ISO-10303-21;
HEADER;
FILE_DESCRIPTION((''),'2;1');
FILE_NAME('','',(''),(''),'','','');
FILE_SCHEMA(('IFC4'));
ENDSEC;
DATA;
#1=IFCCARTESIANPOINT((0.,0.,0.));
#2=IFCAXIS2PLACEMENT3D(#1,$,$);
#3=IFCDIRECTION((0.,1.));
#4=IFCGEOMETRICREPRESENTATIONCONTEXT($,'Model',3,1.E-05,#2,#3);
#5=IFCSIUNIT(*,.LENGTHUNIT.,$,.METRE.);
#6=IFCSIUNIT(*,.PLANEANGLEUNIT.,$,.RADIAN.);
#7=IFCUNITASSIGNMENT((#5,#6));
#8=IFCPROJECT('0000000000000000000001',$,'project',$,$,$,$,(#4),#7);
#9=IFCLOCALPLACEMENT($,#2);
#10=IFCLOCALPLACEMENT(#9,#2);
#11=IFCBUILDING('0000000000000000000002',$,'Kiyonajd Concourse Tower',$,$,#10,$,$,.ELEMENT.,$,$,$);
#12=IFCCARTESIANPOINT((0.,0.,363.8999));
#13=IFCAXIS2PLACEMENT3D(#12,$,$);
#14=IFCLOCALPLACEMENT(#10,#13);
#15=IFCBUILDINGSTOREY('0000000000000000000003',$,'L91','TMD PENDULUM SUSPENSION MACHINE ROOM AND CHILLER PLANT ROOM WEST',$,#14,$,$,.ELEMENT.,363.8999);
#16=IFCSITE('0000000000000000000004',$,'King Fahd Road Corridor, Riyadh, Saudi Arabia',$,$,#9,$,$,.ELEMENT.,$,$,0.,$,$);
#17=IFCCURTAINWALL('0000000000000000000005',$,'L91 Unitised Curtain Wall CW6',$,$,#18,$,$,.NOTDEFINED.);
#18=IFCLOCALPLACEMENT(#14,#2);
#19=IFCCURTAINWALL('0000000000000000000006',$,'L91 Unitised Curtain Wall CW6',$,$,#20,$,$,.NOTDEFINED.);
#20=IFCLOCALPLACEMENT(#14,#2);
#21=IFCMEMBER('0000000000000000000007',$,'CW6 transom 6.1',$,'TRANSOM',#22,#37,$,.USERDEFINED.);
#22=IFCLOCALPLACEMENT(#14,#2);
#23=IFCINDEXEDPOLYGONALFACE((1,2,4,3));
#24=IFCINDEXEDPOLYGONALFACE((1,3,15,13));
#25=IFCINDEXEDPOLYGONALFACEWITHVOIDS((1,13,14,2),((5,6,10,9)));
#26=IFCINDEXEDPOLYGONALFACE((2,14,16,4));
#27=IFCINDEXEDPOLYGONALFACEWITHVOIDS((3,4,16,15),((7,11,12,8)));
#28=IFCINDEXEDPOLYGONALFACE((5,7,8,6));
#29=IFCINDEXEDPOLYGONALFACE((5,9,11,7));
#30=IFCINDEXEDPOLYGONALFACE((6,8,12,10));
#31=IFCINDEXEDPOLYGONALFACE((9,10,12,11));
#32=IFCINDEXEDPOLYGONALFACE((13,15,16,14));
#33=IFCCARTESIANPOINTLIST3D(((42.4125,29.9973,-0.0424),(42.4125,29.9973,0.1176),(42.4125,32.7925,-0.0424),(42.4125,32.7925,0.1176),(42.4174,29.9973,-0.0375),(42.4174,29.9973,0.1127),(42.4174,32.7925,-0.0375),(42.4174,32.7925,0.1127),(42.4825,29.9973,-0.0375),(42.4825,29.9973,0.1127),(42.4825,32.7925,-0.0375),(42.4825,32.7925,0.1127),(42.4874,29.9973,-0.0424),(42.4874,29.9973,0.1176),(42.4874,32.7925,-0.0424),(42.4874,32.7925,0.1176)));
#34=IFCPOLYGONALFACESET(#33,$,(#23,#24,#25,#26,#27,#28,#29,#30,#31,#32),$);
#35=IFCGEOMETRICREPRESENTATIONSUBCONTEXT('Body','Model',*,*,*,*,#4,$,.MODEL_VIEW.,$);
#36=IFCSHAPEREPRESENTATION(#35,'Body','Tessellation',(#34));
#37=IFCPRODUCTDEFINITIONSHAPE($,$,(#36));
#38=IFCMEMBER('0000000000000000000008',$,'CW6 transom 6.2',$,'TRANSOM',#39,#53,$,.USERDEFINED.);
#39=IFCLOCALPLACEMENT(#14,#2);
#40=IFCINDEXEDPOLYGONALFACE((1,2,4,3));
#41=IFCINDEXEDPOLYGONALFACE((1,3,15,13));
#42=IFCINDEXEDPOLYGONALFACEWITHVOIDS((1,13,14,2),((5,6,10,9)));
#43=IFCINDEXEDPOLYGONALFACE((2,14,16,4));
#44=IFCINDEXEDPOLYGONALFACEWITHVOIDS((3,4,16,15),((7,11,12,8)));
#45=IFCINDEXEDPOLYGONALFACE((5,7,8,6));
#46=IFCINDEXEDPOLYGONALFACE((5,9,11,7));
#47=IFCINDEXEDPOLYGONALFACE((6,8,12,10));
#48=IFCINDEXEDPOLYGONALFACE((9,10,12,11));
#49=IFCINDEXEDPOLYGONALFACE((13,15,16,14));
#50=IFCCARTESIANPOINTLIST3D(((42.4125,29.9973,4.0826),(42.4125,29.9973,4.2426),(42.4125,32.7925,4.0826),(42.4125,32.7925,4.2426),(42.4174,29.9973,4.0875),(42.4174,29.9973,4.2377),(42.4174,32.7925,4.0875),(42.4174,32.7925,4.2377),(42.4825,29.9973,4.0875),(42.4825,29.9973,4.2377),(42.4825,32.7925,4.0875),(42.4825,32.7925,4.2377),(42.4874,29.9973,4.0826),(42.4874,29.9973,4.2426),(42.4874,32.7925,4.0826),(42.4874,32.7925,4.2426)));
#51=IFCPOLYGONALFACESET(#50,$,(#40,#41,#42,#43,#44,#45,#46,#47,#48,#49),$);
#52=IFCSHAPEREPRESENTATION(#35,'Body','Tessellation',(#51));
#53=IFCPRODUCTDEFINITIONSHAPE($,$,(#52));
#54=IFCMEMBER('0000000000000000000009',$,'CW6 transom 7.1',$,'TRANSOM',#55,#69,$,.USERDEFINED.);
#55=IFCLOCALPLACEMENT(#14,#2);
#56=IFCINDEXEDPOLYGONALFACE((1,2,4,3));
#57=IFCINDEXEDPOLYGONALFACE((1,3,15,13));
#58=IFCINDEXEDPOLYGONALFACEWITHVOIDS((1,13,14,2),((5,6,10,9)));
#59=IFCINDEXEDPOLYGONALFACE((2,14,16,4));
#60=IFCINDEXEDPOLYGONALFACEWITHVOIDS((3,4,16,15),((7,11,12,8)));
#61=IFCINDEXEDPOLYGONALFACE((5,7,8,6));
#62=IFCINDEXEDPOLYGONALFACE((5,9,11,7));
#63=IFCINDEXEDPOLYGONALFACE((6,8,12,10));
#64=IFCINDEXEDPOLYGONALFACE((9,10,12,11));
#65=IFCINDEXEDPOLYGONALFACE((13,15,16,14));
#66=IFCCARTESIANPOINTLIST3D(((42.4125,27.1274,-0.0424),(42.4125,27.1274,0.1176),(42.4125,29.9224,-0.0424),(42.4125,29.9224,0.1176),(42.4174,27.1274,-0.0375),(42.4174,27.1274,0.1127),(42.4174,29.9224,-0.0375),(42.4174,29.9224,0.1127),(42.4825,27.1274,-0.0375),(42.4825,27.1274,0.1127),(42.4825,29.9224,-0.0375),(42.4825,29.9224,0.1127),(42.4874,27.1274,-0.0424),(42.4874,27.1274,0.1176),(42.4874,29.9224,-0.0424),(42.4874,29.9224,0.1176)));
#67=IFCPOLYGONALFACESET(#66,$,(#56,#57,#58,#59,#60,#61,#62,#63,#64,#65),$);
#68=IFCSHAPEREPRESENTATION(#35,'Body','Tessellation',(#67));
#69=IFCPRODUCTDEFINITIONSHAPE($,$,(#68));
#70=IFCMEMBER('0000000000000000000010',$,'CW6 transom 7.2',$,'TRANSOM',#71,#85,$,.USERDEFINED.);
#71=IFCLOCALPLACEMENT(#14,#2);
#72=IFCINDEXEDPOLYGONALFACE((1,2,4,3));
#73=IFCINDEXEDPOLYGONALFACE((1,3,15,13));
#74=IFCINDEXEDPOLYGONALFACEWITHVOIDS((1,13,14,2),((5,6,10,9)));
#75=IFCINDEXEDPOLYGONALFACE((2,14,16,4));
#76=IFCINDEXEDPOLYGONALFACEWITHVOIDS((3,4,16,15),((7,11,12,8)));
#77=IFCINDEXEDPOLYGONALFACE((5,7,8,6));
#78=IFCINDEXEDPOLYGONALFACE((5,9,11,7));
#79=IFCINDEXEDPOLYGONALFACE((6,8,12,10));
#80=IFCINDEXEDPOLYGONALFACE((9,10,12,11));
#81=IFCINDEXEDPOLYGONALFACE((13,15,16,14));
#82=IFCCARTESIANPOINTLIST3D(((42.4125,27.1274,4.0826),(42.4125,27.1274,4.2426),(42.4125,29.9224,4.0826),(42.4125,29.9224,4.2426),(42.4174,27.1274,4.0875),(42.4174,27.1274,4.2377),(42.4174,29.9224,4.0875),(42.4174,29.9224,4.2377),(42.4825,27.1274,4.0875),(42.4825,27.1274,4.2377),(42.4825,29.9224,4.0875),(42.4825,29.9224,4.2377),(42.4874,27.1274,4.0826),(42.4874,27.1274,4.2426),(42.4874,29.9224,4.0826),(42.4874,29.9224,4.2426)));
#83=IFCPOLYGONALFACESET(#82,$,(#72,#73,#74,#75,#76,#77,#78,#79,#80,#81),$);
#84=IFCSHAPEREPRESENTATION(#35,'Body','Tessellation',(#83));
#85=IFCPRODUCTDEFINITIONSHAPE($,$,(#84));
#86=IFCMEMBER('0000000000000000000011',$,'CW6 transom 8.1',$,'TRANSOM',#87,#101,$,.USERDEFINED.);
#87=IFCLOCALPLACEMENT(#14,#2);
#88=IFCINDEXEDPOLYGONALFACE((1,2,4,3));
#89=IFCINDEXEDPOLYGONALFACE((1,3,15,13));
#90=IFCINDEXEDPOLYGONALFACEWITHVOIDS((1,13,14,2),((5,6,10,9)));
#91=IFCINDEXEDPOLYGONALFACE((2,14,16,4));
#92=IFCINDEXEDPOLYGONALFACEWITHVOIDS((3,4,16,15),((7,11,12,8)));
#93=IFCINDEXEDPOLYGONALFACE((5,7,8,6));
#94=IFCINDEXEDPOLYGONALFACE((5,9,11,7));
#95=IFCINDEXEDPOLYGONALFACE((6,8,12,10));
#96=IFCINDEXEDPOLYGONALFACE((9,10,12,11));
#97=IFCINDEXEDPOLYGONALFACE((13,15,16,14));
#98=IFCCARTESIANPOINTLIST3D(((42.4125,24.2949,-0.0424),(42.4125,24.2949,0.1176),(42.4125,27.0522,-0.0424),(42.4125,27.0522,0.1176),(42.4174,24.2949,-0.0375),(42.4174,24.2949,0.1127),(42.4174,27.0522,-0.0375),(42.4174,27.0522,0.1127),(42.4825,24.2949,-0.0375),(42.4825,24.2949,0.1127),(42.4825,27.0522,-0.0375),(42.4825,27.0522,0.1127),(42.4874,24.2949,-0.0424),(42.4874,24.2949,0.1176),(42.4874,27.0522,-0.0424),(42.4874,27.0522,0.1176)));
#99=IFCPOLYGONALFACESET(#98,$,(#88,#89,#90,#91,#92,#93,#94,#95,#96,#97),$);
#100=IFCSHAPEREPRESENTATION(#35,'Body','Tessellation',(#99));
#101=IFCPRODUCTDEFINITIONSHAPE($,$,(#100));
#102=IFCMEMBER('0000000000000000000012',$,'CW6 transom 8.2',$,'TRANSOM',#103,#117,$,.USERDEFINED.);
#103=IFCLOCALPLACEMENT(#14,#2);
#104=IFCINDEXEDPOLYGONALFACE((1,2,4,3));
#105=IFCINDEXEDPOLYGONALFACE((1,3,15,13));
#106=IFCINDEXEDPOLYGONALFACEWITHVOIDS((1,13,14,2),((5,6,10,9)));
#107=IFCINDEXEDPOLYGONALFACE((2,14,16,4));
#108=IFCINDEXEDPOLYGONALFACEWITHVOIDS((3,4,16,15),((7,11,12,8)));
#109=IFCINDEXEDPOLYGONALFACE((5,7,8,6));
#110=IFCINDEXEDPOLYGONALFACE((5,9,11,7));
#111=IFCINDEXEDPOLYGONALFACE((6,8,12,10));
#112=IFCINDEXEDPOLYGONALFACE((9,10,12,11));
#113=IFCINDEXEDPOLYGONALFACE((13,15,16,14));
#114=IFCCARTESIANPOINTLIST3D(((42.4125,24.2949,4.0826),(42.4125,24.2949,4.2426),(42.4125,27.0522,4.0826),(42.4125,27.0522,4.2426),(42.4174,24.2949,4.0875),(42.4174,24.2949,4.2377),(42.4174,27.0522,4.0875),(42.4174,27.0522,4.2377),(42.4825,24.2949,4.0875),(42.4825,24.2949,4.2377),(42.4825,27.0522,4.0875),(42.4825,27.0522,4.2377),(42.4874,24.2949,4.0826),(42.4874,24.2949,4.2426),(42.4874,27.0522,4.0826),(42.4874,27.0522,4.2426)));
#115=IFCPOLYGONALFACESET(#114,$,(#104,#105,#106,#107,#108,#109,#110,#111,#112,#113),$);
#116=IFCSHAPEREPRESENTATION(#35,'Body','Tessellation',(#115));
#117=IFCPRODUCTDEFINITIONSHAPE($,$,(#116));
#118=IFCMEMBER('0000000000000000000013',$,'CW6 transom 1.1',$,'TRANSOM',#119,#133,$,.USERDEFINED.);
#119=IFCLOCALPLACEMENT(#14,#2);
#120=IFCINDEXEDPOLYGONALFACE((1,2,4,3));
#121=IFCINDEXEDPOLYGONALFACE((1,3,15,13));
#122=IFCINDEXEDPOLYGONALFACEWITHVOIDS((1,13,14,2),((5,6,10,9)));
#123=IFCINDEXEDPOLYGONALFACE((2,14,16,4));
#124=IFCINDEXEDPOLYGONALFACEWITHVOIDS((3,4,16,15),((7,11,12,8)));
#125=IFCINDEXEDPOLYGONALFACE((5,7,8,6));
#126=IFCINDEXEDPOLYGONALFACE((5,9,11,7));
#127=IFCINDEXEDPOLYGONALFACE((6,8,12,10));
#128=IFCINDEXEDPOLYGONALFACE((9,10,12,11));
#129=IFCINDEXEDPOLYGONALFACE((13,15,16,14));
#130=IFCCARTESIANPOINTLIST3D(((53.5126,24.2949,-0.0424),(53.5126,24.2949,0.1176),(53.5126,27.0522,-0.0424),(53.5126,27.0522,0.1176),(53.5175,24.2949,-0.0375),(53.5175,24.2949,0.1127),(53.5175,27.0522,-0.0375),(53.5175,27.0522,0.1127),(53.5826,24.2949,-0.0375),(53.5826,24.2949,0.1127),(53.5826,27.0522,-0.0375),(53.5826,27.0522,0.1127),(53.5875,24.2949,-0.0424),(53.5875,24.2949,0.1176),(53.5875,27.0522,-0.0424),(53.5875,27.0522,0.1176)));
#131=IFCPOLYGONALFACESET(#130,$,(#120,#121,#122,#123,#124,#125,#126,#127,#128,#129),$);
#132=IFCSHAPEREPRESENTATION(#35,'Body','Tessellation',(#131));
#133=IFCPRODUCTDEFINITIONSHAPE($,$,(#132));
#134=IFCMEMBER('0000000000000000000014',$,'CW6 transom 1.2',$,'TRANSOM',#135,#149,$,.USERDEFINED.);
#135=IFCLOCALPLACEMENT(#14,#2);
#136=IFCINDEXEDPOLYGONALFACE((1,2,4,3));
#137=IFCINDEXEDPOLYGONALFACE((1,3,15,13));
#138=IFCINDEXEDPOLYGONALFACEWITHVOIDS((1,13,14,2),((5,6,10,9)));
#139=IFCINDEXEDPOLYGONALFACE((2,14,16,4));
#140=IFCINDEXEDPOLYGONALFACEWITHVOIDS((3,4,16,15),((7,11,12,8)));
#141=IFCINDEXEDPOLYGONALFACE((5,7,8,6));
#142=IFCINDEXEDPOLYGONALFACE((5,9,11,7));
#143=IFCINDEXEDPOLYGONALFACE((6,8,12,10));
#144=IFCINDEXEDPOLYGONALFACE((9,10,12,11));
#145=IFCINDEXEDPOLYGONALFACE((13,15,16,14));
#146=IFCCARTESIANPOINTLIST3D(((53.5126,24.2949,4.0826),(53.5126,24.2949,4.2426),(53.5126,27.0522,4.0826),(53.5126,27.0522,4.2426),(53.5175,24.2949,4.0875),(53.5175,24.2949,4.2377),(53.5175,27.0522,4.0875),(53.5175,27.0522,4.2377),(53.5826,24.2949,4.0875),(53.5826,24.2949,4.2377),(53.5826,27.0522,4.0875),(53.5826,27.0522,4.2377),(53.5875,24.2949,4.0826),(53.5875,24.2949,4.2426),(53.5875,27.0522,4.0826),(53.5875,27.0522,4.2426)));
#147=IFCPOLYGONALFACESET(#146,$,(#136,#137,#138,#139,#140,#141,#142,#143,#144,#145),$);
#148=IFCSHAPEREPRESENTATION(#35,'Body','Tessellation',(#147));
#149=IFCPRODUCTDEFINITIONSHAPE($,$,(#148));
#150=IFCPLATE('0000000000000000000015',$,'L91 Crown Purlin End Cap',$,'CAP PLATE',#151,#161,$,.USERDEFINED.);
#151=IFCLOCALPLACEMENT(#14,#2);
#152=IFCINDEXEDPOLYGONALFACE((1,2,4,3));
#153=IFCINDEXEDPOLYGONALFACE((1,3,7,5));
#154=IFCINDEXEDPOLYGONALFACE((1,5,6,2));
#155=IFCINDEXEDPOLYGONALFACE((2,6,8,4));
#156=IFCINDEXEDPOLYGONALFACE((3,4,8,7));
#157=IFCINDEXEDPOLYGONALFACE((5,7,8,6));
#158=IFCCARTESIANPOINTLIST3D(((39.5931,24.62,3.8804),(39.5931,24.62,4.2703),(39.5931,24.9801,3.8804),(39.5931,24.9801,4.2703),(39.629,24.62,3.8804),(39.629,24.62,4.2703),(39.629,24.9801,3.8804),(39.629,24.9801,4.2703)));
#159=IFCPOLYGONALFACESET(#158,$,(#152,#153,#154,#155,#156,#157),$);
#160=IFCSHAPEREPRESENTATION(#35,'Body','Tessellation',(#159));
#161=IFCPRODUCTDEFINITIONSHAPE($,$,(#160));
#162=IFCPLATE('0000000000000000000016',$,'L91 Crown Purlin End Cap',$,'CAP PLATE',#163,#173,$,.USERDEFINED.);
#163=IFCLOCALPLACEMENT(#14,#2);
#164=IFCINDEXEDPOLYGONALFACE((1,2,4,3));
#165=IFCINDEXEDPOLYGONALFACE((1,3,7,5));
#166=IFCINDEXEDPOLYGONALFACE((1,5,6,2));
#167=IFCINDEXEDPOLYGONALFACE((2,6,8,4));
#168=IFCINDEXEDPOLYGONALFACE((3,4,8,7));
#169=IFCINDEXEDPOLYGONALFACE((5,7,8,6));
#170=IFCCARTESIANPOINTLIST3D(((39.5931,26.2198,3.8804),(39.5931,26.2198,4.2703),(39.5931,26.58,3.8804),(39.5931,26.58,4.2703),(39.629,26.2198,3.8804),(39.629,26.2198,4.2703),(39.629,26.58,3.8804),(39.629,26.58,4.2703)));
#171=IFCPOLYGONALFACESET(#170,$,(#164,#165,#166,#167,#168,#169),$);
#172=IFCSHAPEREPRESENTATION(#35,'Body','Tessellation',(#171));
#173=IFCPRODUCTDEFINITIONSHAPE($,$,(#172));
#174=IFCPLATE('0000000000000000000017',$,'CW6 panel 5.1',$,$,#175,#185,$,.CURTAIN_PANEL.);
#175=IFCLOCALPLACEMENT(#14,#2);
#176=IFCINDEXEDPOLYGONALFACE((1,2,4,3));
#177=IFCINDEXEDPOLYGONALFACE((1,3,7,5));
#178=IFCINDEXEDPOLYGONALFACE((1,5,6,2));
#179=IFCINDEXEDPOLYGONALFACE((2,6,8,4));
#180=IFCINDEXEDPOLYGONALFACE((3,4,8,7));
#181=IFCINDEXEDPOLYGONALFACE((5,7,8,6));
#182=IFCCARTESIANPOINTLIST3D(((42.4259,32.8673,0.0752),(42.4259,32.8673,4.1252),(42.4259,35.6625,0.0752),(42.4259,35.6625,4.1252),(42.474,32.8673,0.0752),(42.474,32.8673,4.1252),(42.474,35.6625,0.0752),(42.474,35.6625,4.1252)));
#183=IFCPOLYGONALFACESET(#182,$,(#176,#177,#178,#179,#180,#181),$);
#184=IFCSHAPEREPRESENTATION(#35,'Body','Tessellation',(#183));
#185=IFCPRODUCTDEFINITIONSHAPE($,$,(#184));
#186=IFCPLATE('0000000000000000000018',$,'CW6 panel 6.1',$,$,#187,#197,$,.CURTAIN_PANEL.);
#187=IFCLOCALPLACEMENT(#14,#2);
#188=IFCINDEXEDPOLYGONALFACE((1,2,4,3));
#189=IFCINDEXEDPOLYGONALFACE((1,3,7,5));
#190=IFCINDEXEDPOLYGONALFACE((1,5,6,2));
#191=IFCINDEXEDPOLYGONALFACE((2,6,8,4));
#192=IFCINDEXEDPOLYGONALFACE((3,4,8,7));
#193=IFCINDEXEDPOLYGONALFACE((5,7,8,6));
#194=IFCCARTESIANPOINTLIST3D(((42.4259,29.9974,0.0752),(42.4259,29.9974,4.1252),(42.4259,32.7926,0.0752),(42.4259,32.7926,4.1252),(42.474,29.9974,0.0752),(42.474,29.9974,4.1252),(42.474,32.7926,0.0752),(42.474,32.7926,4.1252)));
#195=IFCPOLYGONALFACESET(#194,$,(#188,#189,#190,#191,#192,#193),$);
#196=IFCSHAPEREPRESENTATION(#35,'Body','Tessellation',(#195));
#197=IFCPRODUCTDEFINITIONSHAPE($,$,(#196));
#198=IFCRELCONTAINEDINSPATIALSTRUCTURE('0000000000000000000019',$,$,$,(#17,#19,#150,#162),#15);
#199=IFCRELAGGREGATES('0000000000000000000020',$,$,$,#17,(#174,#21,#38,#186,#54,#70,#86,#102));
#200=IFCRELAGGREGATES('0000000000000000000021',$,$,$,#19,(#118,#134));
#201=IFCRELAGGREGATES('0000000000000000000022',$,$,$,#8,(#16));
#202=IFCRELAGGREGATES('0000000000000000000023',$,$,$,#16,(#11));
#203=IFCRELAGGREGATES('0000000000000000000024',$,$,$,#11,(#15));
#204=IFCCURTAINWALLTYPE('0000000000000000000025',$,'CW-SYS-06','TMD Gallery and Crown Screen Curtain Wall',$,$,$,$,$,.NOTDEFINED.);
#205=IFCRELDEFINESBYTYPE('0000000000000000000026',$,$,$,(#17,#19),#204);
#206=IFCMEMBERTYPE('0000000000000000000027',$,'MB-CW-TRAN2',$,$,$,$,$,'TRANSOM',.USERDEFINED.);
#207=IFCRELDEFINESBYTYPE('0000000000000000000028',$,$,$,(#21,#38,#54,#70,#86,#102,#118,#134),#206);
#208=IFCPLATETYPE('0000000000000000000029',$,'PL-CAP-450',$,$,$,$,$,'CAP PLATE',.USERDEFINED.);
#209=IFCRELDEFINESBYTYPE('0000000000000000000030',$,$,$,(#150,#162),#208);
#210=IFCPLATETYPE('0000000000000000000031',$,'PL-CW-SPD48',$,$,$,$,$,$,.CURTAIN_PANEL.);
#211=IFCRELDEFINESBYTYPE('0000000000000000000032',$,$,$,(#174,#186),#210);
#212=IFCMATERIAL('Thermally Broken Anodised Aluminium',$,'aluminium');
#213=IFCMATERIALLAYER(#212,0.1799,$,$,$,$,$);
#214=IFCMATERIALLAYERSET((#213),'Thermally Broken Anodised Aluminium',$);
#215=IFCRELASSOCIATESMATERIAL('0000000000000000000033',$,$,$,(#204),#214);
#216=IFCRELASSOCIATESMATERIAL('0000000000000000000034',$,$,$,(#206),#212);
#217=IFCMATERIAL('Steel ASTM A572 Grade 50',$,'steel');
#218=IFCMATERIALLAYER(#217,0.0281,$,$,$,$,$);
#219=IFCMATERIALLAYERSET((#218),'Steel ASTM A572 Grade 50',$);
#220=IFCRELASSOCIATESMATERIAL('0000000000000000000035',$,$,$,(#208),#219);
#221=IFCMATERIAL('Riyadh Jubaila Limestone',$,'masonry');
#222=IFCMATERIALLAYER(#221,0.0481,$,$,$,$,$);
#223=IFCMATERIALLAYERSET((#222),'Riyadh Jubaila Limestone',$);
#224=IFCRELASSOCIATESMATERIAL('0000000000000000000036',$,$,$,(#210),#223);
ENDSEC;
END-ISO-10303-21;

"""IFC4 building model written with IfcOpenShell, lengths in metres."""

from ifc_helpers import new_model, si_unit, direction, frame, origin, origin_2d, place, context, subcontext, project, spatial, rectangle, hollow_rectangle, extrude, material, layer, layer_set, material_profile, profile_set, type_object, element, aggregate, save


model = new_model("IFC4")

# Units and contexts
model_context = context("Model", 3, precision=1e-05, world=origin(), true_north=direction((0.0, 1.0)))
body_context = subcontext(model_context, "Body", "Model", "MODEL_VIEW")
ifc_project = project(units=[si_unit("LENGTHUNIT", "METRE"), si_unit("PLANEANGLEUNIT", "RADIAN")], contexts=[model_context])

# Site, building, storey
site_placement = place(None, origin())
site = spatial("IfcSite", under=ifc_project, at=site_placement, Name="King Fahd Road Corridor, Riyadh, Saudi Arabia", CompositionType="ELEMENT", RefElevation=0.0)
building_placement = place(site_placement, origin())
building = spatial("IfcBuilding", under=site, at=building_placement, Name="Kiyonajd Concourse Tower", CompositionType="ELEMENT")
storey_placement = place(building_placement, frame((0.0, 0.0, 363.8999)))
storey = spatial("IfcBuildingStorey", under=building, at=storey_placement, Name="L91", Description="TMD PENDULUM SUSPENSION MACHINE ROOM AND CHILLER PLANT ROOM WEST", CompositionType="ELEMENT", Elevation=363.8999)

# Shared definitions
ifc_material_1 = material(Name="Steel ASTM A572 Grade 50", Category="steel")

# Curtain walls
ifc_material_2 = material(Name="Thermally Broken Anodised Aluminium", Category="aluminium")
ifc_layer_1 = layer(ifc_material_2, 0.1799)
ifc_layer_set_1 = layer_set([ifc_layer_1], Name="Thermally Broken Anodised Aluminium")
curtain_wall_type = type_object("IfcCurtainWallType", Name="CW-SYS-06", Description="TMD Gallery and Crown Screen Curtain Wall", PredefinedType="NOTDEFINED", material=ifc_layer_set_1)
curtain_wall_1_placement = place(storey_placement, origin())
curtain_wall_1 = element("IfcCurtainWall", 1, at=curtain_wall_1_placement, inside=storey, type_object=curtain_wall_type, Name="L91 Unitised Curtain Wall CW6", PredefinedType="NOTDEFINED")
curtain_wall_2_placement = place(storey_placement, origin())
curtain_wall_2 = element("IfcCurtainWall", 2, at=curtain_wall_2_placement, inside=storey, type_object=curtain_wall_type, Name="L91 Unitised Curtain Wall CW6", PredefinedType="NOTDEFINED")

# Members
ifc_material_profile_1 = material_profile(ifc_material_2, hollow_rectangle(XDim=0.075, YDim=0.1599, WallThickness=0.0049, at=origin_2d()), Name="TRAN-75x160")
ifc_profile_set_1 = profile_set([ifc_material_profile_1], Name="Thermally Broken Anodised Aluminium")
member_type_1 = type_object("IfcMemberType", Name="MB-CW-TRAN2", ElementType="TRANSOM", PredefinedType="USERDEFINED", material=ifc_profile_set_1)
member_1_placement = place(storey_placement, frame((42.45, 32.7925, 0.0376), z_axis=(0.0, -1.0, 0.0), x_axis=(1.0, 0.0, 0.0)))
member_1 = element("IfcMember", 3, at=member_1_placement, type_object=member_type_1, Name="CW6 transom 6.1", ObjectType="TRANSOM", PredefinedType="USERDEFINED", context=body_context, shape_type="SweptSolid", body=[
    extrude(hollow_rectangle(XDim=0.075, YDim=0.1599, WallThickness=0.0049, at=origin_2d()), origin(), (0.0, 0.0, 1.0), 2.7952),
])
member_2_placement = place(storey_placement, frame((42.45, 32.7925, 4.1626), z_axis=(0.0, -1.0, 0.0), x_axis=(1.0, 0.0, 0.0)))
member_2 = element("IfcMember", 4, at=member_2_placement, type_object=member_type_1, Name="CW6 transom 6.2", ObjectType="TRANSOM", PredefinedType="USERDEFINED", context=body_context, shape_type="SweptSolid", body=[
    extrude(hollow_rectangle(XDim=0.075, YDim=0.1599, WallThickness=0.0049, at=origin_2d()), origin(), (0.0, 0.0, 1.0), 2.7952),
])
member_3_placement = place(storey_placement, frame((42.45, 29.9224, 0.0376), z_axis=(0.0, -1.0, 0.0), x_axis=(1.0, 0.0, 0.0)))
member_3 = element("IfcMember", 5, at=member_3_placement, type_object=member_type_1, Name="CW6 transom 7.1", ObjectType="TRANSOM", PredefinedType="USERDEFINED", context=body_context, shape_type="SweptSolid", body=[
    extrude(hollow_rectangle(XDim=0.075, YDim=0.1599, WallThickness=0.0049, at=origin_2d()), origin(), (0.0, 0.0, 1.0), 2.7949),
])
member_4_placement = place(storey_placement, frame((42.45, 29.9224, 4.1626), z_axis=(0.0, -1.0, 0.0), x_axis=(1.0, 0.0, 0.0)))
member_4 = element("IfcMember", 6, at=member_4_placement, type_object=member_type_1, Name="CW6 transom 7.2", ObjectType="TRANSOM", PredefinedType="USERDEFINED", context=body_context, shape_type="SweptSolid", body=[
    extrude(hollow_rectangle(XDim=0.075, YDim=0.1599, WallThickness=0.0049, at=origin_2d()), origin(), (0.0, 0.0, 1.0), 2.7949),
])
member_5_placement = place(storey_placement, frame((42.45, 27.0522, 0.0376), z_axis=(0.0, -1.0, 0.0), x_axis=(1.0, 0.0, 0.0)))
member_5 = element("IfcMember", 7, at=member_5_placement, type_object=member_type_1, Name="CW6 transom 8.1", ObjectType="TRANSOM", PredefinedType="USERDEFINED", context=body_context, shape_type="SweptSolid", body=[
    extrude(hollow_rectangle(XDim=0.075, YDim=0.1599, WallThickness=0.0049, at=origin_2d()), origin(), (0.0, 0.0, 1.0), 2.7573),
])
member_6_placement = place(storey_placement, frame((42.45, 27.0522, 4.1626), z_axis=(0.0, -1.0, 0.0), x_axis=(1.0, 0.0, 0.0)))
member_6 = element("IfcMember", 8, at=member_6_placement, type_object=member_type_1, Name="CW6 transom 8.2", ObjectType="TRANSOM", PredefinedType="USERDEFINED", context=body_context, shape_type="SweptSolid", body=[
    extrude(hollow_rectangle(XDim=0.075, YDim=0.1599, WallThickness=0.0049, at=origin_2d()), origin(), (0.0, 0.0, 1.0), 2.7573),
])
member_7_placement = place(storey_placement, frame((53.55, 24.2949, 0.0376), z_axis=(0.0, 1.0, 0.0), x_axis=(-1.0, 0.0, 0.0)))
member_7 = element("IfcMember", 9, at=member_7_placement, type_object=member_type_1, Name="CW6 transom 1.1", ObjectType="TRANSOM", PredefinedType="USERDEFINED", context=body_context, shape_type="SweptSolid", body=[
    extrude(hollow_rectangle(XDim=0.075, YDim=0.1599, WallThickness=0.0049, at=origin_2d()), origin(), (0.0, 0.0, 1.0), 2.7573),
])
member_8_placement = place(storey_placement, frame((53.55, 24.2949, 4.1626), z_axis=(0.0, 1.0, 0.0), x_axis=(-1.0, 0.0, 0.0)))
member_8 = element("IfcMember", 10, at=member_8_placement, type_object=member_type_1, Name="CW6 transom 1.2", ObjectType="TRANSOM", PredefinedType="USERDEFINED", context=body_context, shape_type="SweptSolid", body=[
    extrude(hollow_rectangle(XDim=0.075, YDim=0.1599, WallThickness=0.0049, at=origin_2d()), origin(), (0.0, 0.0, 1.0), 2.7573),
])

# Plates
ifc_layer_2 = layer(ifc_material_1, 0.0281)
ifc_layer_set_2 = layer_set([ifc_layer_2], Name="Steel ASTM A572 Grade 50")
plate_type_1 = type_object("IfcPlateType", Name="PL-CAP-450", ElementType="CAP PLATE", PredefinedType="USERDEFINED", material=ifc_layer_set_2)
for number, where, z_axis, x_axis, name in (
    (11, (39.6111, 24.8, 3.8804), (0.0, 0.0, 1.0), (1.0, 0.0, 0.0), "L91 Crown Purlin End Cap"),
    (12, (39.6111, 26.3999, 3.8804), (0.0, 0.0, 1.0), (1.0, 0.0, 0.0), "L91 Crown Purlin End Cap"),
):
    element("IfcPlate", number, at=place(storey_placement, frame(where, z_axis=z_axis, x_axis=x_axis)), inside=storey, type_object=plate_type_1, Name=name, ObjectType="CAP PLATE", PredefinedType="USERDEFINED", context=body_context, shape_type="SweptSolid", body=[
        extrude(rectangle(XDim=0.0359, YDim=0.3601, at=origin_2d()), origin(), (0.0, 0.0, 1.0), 0.3899),
    ])

# Plates
ifc_material_3 = material(Name="Riyadh Jubaila Limestone", Category="masonry")
ifc_layer_3 = layer(ifc_material_3, 0.0481)
ifc_layer_set_3 = layer_set([ifc_layer_3], Name="Riyadh Jubaila Limestone")
plate_type_2 = type_object("IfcPlateType", Name="PL-CW-SPD48", PredefinedType="CURTAIN_PANEL", material=ifc_layer_set_3)
plate_1_placement = place(storey_placement, frame((42.45, 34.2649, 0.0752), z_axis=(0.0, 0.0, 1.0), x_axis=(0.0, -1.0, 0.0)))
plate_1 = element("IfcPlate", 13, at=plate_1_placement, type_object=plate_type_2, Name="CW6 panel 5.1", PredefinedType="CURTAIN_PANEL", context=body_context, shape_type="SweptSolid", body=[
    extrude(rectangle(XDim=2.7952, YDim=0.0481, at=origin_2d()), origin(), (0.0, 0.0, 1.0), 4.05),
])
plate_2_placement = place(storey_placement, frame((42.45, 31.395, 0.0752), z_axis=(0.0, 0.0, 1.0), x_axis=(0.0, -1.0, 0.0)))
plate_2 = element("IfcPlate", 14, at=plate_2_placement, type_object=plate_type_2, Name="CW6 panel 6.1", PredefinedType="CURTAIN_PANEL", context=body_context, shape_type="SweptSolid", body=[
    extrude(rectangle(XDim=2.7952, YDim=0.0481, at=origin_2d()), origin(), (0.0, 0.0, 1.0), 4.05),
])
aggregate(curtain_wall_1, [plate_1, member_1, member_2, plate_2, member_3, member_4, member_5, member_6])
aggregate(curtain_wall_2, [member_7, member_8])

save(model, "model.ifc")
